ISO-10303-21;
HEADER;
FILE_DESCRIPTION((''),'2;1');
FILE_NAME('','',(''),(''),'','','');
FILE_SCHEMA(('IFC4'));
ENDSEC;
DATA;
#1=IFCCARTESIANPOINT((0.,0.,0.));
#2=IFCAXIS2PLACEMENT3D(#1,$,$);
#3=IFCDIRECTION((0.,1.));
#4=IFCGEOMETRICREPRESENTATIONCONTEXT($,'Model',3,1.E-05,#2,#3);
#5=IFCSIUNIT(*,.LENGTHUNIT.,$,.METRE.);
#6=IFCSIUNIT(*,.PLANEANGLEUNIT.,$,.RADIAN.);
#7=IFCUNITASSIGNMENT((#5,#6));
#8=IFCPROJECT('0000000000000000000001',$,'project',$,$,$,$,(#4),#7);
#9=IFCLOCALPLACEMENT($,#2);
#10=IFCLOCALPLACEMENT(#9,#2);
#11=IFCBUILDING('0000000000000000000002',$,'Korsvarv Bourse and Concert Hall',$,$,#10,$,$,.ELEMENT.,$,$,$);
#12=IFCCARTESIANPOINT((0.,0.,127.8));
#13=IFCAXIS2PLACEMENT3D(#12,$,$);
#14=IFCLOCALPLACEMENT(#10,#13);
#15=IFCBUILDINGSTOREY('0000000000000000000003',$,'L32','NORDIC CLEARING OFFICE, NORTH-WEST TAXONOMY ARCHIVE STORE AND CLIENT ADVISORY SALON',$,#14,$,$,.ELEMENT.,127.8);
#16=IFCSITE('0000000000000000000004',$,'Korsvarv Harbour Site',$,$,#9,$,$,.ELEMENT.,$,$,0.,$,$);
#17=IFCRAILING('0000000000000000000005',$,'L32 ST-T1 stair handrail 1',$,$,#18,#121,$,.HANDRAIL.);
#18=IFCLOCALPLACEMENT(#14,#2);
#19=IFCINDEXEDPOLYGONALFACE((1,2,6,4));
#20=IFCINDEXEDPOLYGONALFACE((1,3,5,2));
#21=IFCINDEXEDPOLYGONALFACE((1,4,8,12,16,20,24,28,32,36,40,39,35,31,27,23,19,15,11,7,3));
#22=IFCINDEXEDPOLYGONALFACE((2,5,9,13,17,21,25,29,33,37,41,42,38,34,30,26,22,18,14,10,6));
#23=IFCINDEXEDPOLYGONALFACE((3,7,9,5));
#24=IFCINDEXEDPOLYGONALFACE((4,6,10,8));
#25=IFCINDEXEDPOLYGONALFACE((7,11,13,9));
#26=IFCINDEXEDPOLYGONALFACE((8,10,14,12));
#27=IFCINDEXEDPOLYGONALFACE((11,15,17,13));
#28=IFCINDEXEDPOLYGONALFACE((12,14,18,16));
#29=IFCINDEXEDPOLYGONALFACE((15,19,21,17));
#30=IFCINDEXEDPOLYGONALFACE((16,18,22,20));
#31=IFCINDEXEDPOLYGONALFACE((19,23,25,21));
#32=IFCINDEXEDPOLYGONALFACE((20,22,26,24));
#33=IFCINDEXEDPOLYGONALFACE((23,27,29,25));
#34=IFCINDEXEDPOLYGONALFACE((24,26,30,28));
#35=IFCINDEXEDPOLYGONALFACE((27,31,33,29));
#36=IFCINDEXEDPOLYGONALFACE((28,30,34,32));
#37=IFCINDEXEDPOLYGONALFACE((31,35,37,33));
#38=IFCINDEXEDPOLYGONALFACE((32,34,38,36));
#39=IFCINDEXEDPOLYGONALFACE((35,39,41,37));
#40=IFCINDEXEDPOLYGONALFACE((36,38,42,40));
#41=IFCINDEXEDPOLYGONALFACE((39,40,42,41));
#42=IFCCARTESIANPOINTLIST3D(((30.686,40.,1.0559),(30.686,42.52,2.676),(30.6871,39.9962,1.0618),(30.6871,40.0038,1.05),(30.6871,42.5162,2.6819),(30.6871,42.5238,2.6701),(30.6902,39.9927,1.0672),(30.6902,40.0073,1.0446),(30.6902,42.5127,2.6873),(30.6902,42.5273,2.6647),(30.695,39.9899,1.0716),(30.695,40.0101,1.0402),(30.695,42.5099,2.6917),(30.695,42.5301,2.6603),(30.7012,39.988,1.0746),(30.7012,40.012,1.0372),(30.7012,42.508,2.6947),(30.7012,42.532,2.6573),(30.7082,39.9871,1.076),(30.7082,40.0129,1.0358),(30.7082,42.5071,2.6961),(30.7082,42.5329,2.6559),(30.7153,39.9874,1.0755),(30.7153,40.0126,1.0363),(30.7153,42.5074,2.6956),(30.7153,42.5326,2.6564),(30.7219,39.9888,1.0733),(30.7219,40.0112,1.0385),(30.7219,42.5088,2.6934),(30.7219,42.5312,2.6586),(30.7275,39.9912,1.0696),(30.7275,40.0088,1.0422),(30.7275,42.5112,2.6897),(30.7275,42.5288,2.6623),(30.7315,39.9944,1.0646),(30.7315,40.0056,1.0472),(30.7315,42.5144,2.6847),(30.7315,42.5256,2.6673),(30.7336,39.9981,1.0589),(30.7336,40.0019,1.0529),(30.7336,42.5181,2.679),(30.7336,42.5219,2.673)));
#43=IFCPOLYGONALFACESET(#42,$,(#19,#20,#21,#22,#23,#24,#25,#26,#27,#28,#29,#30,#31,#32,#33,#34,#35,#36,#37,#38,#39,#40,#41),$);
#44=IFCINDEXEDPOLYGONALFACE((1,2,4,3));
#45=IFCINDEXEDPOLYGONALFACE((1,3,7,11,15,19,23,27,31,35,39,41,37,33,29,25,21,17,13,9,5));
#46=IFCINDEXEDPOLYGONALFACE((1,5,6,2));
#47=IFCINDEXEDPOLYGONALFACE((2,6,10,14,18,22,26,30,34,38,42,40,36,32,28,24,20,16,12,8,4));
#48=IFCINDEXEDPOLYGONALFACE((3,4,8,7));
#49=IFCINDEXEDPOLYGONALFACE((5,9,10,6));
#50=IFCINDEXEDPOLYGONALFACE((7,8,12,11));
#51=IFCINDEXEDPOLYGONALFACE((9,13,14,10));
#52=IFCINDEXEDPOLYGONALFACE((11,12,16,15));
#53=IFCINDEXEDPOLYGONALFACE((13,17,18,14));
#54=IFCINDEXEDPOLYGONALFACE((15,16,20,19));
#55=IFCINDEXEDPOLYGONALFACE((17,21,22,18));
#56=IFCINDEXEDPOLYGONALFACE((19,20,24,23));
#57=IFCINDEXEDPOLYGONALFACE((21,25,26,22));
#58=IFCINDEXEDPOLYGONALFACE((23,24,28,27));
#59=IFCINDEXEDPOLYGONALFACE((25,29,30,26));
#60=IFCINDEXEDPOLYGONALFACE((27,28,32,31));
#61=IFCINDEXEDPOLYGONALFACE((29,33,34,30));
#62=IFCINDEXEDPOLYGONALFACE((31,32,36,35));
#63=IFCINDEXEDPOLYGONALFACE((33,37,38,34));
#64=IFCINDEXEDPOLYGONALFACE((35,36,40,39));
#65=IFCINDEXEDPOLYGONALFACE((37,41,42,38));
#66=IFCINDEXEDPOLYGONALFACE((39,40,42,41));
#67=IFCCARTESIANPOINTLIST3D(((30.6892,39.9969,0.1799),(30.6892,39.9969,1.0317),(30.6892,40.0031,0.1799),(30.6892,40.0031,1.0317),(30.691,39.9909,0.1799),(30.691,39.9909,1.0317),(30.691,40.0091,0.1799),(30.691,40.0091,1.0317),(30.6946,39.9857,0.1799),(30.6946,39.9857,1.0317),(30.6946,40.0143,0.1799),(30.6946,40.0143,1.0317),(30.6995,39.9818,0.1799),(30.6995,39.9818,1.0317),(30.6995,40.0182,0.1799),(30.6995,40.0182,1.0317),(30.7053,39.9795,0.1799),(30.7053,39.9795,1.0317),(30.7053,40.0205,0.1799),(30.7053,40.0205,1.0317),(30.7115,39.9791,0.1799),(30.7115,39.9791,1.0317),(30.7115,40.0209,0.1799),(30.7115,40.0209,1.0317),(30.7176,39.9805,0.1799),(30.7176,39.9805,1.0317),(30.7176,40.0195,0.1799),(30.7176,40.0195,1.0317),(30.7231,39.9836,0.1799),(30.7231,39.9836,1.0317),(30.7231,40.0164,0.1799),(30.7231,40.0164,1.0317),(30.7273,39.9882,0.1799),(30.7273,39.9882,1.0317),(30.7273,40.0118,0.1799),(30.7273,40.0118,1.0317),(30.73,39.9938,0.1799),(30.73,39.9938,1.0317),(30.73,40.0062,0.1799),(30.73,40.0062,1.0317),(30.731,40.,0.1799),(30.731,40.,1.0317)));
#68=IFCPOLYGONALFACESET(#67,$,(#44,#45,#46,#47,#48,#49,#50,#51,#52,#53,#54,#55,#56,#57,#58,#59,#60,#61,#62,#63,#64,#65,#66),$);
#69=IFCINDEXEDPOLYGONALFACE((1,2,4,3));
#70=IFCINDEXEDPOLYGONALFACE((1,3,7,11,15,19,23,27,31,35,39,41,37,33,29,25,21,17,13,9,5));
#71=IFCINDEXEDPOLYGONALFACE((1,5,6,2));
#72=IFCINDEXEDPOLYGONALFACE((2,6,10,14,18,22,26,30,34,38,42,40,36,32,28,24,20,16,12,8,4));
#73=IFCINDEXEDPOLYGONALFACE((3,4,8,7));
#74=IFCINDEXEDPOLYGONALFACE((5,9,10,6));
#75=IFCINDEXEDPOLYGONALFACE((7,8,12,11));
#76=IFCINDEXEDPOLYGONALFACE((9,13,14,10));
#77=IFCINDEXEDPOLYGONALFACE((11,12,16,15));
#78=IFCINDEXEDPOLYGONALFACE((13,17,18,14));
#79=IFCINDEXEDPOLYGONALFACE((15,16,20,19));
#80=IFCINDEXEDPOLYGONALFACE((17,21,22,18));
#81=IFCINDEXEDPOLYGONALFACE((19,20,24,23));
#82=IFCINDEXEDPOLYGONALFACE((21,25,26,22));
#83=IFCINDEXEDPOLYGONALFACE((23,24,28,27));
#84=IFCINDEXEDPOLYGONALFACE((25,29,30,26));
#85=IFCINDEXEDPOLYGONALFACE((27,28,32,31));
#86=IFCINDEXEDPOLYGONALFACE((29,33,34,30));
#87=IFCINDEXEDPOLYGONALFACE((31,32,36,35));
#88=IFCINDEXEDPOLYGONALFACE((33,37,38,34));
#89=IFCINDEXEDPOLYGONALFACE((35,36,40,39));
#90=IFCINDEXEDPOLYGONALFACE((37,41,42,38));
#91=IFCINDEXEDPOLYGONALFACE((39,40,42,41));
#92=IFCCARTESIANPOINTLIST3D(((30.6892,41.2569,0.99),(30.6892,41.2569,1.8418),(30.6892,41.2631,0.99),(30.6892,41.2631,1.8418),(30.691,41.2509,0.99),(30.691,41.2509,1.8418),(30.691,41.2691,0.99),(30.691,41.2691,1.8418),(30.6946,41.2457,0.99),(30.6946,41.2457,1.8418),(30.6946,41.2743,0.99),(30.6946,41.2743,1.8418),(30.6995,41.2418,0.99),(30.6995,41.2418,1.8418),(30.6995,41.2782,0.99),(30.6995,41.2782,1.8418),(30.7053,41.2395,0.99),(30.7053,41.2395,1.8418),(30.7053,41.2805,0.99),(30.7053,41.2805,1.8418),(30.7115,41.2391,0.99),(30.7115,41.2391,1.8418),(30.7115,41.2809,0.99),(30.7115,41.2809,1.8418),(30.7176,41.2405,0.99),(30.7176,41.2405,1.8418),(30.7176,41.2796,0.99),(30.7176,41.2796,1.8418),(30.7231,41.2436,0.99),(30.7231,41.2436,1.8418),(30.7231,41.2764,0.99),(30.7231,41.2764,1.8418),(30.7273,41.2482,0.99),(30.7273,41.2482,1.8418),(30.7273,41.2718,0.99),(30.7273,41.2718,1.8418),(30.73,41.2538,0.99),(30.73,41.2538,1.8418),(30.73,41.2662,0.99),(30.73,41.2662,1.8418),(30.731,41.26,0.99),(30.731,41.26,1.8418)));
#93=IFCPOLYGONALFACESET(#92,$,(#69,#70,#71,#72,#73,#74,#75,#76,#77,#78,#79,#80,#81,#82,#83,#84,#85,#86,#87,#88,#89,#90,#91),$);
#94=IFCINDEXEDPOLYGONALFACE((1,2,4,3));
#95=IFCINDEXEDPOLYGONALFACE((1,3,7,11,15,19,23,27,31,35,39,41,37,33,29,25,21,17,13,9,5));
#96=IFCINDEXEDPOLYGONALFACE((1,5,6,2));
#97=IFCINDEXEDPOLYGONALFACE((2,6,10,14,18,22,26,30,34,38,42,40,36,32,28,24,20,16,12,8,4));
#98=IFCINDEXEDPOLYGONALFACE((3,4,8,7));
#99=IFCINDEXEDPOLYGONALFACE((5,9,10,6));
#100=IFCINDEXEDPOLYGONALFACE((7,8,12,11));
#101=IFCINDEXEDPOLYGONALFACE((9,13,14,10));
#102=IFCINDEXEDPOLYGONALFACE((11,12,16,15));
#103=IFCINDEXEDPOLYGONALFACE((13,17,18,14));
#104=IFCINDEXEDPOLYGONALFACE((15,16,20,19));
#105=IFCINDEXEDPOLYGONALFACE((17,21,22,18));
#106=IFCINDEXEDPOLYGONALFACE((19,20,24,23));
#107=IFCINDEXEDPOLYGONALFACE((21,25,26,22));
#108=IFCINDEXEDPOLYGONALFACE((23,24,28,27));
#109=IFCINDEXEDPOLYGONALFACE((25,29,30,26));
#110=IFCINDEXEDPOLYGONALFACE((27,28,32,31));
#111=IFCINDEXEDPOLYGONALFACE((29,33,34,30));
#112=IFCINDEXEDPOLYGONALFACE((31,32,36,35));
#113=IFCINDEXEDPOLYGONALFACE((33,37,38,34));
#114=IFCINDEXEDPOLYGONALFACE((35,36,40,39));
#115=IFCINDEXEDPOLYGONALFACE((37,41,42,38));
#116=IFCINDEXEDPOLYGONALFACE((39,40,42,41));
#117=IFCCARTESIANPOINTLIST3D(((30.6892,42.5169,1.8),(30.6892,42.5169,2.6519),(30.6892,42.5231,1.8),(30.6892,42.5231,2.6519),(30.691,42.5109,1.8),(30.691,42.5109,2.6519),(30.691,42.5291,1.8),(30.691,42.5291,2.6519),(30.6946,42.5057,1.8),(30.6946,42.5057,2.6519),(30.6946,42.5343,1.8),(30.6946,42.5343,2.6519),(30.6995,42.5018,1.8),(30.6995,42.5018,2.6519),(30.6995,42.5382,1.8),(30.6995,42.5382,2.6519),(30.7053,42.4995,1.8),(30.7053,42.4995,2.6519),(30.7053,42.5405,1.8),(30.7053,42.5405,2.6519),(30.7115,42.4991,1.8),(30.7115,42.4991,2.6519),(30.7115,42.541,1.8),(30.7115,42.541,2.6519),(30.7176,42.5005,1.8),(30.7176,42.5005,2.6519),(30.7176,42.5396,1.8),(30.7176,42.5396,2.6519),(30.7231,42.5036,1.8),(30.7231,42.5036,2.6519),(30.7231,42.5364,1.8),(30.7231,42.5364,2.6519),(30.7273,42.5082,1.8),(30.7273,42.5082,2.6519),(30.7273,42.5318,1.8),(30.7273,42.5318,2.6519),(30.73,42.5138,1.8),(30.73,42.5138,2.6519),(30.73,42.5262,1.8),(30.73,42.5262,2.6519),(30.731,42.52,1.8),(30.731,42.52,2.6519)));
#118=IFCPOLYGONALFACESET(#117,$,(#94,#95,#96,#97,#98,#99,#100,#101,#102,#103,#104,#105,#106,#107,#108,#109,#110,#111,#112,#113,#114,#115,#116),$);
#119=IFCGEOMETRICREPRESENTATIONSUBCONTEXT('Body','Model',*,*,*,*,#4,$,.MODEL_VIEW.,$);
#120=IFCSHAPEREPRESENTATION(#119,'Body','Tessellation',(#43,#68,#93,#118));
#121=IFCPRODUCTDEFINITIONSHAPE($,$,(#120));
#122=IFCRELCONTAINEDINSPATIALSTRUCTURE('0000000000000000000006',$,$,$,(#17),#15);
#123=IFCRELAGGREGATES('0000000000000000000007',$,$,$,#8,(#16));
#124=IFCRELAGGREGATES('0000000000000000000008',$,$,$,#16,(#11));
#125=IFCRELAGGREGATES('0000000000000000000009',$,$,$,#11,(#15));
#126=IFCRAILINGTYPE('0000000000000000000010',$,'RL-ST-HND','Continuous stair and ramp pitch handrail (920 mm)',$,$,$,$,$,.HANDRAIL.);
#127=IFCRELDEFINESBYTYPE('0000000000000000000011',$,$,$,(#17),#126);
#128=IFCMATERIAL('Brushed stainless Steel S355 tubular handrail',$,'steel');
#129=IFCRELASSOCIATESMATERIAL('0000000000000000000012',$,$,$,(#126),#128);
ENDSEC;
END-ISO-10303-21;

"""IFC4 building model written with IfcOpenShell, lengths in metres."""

from ifc_helpers import new_model, si_unit, direction, frame, origin, origin_2d, place, context, subcontext, project, spatial, circle, extrude, material, type_object, element, save


model = new_model("IFC4")

# Units and contexts
model_context = context("Model", 3, precision=1e-05, world=origin(), true_north=direction((0.0, 1.0)))
body_context = subcontext(model_context, "Body", "Model", "MODEL_VIEW")
ifc_project = project(units=[si_unit("LENGTHUNIT", "METRE"), si_unit("PLANEANGLEUNIT", "RADIAN")], contexts=[model_context])

# Site, building, storey
site_placement = place(None, origin())
site = spatial("IfcSite", under=ifc_project, at=site_placement, Name="Korsvarv Harbour Site", CompositionType="ELEMENT", RefElevation=0.0)
building_placement = place(site_placement, origin())
building = spatial("IfcBuilding", under=site, at=building_placement, Name="Korsvarv Bourse and Concert Hall", CompositionType="ELEMENT")
storey_placement = place(building_placement, frame((0.0, 0.0, 127.8)))
storey = spatial("IfcBuildingStorey", under=building, at=storey_placement, Name="L32", Description="NORDIC CLEARING OFFICE, NORTH-WEST TAXONOMY ARCHIVE STORE AND CLIENT ADVISORY SALON", CompositionType="ELEMENT", Elevation=127.8)

# Railing
ifc_material_1 = material(Name="Brushed stainless Steel S355 tubular handrail", Category="steel")
railing_type_1 = type_object("IfcRailingType", Name="RL-ST-HND", Description="Continuous stair and ramp pitch handrail (920 mm)", PredefinedType="HANDRAIL", material=ifc_material_1)
railing_1_placement = place(storey_placement, frame((30.71, 40.0, 0.1799)))
element("IfcRailing", 1, at=railing_1_placement, inside=storey, type_object=railing_type_1, Name="L32 ST-T1 stair handrail 1", PredefinedType="HANDRAIL", context=body_context, shape_type="SweptSolid", body=[
    extrude(circle(Radius=0.0239, at=origin_2d()), frame((0.0, 0.0, 0.876), z_axis=(0.0, 0.841163, 0.540782), x_axis=(-1.0, 0.0, 0.0)), (0.0, 0.0, 1.0), 2.9958),
    extrude(circle(Radius=0.021, at=origin_2d()), origin(), (0.0, 0.0, 1.0), 0.8518),
    extrude(circle(Radius=0.021, at=origin_2d()), frame((0.0, 1.26, 0.8101)), (0.0, 0.0, 1.0), 0.8518),
    extrude(circle(Radius=0.021, at=origin_2d()), frame((0.0, 2.52, 1.6201)), (0.0, 0.0, 1.0), 0.8518),
])

save(model, "model.ifc")
